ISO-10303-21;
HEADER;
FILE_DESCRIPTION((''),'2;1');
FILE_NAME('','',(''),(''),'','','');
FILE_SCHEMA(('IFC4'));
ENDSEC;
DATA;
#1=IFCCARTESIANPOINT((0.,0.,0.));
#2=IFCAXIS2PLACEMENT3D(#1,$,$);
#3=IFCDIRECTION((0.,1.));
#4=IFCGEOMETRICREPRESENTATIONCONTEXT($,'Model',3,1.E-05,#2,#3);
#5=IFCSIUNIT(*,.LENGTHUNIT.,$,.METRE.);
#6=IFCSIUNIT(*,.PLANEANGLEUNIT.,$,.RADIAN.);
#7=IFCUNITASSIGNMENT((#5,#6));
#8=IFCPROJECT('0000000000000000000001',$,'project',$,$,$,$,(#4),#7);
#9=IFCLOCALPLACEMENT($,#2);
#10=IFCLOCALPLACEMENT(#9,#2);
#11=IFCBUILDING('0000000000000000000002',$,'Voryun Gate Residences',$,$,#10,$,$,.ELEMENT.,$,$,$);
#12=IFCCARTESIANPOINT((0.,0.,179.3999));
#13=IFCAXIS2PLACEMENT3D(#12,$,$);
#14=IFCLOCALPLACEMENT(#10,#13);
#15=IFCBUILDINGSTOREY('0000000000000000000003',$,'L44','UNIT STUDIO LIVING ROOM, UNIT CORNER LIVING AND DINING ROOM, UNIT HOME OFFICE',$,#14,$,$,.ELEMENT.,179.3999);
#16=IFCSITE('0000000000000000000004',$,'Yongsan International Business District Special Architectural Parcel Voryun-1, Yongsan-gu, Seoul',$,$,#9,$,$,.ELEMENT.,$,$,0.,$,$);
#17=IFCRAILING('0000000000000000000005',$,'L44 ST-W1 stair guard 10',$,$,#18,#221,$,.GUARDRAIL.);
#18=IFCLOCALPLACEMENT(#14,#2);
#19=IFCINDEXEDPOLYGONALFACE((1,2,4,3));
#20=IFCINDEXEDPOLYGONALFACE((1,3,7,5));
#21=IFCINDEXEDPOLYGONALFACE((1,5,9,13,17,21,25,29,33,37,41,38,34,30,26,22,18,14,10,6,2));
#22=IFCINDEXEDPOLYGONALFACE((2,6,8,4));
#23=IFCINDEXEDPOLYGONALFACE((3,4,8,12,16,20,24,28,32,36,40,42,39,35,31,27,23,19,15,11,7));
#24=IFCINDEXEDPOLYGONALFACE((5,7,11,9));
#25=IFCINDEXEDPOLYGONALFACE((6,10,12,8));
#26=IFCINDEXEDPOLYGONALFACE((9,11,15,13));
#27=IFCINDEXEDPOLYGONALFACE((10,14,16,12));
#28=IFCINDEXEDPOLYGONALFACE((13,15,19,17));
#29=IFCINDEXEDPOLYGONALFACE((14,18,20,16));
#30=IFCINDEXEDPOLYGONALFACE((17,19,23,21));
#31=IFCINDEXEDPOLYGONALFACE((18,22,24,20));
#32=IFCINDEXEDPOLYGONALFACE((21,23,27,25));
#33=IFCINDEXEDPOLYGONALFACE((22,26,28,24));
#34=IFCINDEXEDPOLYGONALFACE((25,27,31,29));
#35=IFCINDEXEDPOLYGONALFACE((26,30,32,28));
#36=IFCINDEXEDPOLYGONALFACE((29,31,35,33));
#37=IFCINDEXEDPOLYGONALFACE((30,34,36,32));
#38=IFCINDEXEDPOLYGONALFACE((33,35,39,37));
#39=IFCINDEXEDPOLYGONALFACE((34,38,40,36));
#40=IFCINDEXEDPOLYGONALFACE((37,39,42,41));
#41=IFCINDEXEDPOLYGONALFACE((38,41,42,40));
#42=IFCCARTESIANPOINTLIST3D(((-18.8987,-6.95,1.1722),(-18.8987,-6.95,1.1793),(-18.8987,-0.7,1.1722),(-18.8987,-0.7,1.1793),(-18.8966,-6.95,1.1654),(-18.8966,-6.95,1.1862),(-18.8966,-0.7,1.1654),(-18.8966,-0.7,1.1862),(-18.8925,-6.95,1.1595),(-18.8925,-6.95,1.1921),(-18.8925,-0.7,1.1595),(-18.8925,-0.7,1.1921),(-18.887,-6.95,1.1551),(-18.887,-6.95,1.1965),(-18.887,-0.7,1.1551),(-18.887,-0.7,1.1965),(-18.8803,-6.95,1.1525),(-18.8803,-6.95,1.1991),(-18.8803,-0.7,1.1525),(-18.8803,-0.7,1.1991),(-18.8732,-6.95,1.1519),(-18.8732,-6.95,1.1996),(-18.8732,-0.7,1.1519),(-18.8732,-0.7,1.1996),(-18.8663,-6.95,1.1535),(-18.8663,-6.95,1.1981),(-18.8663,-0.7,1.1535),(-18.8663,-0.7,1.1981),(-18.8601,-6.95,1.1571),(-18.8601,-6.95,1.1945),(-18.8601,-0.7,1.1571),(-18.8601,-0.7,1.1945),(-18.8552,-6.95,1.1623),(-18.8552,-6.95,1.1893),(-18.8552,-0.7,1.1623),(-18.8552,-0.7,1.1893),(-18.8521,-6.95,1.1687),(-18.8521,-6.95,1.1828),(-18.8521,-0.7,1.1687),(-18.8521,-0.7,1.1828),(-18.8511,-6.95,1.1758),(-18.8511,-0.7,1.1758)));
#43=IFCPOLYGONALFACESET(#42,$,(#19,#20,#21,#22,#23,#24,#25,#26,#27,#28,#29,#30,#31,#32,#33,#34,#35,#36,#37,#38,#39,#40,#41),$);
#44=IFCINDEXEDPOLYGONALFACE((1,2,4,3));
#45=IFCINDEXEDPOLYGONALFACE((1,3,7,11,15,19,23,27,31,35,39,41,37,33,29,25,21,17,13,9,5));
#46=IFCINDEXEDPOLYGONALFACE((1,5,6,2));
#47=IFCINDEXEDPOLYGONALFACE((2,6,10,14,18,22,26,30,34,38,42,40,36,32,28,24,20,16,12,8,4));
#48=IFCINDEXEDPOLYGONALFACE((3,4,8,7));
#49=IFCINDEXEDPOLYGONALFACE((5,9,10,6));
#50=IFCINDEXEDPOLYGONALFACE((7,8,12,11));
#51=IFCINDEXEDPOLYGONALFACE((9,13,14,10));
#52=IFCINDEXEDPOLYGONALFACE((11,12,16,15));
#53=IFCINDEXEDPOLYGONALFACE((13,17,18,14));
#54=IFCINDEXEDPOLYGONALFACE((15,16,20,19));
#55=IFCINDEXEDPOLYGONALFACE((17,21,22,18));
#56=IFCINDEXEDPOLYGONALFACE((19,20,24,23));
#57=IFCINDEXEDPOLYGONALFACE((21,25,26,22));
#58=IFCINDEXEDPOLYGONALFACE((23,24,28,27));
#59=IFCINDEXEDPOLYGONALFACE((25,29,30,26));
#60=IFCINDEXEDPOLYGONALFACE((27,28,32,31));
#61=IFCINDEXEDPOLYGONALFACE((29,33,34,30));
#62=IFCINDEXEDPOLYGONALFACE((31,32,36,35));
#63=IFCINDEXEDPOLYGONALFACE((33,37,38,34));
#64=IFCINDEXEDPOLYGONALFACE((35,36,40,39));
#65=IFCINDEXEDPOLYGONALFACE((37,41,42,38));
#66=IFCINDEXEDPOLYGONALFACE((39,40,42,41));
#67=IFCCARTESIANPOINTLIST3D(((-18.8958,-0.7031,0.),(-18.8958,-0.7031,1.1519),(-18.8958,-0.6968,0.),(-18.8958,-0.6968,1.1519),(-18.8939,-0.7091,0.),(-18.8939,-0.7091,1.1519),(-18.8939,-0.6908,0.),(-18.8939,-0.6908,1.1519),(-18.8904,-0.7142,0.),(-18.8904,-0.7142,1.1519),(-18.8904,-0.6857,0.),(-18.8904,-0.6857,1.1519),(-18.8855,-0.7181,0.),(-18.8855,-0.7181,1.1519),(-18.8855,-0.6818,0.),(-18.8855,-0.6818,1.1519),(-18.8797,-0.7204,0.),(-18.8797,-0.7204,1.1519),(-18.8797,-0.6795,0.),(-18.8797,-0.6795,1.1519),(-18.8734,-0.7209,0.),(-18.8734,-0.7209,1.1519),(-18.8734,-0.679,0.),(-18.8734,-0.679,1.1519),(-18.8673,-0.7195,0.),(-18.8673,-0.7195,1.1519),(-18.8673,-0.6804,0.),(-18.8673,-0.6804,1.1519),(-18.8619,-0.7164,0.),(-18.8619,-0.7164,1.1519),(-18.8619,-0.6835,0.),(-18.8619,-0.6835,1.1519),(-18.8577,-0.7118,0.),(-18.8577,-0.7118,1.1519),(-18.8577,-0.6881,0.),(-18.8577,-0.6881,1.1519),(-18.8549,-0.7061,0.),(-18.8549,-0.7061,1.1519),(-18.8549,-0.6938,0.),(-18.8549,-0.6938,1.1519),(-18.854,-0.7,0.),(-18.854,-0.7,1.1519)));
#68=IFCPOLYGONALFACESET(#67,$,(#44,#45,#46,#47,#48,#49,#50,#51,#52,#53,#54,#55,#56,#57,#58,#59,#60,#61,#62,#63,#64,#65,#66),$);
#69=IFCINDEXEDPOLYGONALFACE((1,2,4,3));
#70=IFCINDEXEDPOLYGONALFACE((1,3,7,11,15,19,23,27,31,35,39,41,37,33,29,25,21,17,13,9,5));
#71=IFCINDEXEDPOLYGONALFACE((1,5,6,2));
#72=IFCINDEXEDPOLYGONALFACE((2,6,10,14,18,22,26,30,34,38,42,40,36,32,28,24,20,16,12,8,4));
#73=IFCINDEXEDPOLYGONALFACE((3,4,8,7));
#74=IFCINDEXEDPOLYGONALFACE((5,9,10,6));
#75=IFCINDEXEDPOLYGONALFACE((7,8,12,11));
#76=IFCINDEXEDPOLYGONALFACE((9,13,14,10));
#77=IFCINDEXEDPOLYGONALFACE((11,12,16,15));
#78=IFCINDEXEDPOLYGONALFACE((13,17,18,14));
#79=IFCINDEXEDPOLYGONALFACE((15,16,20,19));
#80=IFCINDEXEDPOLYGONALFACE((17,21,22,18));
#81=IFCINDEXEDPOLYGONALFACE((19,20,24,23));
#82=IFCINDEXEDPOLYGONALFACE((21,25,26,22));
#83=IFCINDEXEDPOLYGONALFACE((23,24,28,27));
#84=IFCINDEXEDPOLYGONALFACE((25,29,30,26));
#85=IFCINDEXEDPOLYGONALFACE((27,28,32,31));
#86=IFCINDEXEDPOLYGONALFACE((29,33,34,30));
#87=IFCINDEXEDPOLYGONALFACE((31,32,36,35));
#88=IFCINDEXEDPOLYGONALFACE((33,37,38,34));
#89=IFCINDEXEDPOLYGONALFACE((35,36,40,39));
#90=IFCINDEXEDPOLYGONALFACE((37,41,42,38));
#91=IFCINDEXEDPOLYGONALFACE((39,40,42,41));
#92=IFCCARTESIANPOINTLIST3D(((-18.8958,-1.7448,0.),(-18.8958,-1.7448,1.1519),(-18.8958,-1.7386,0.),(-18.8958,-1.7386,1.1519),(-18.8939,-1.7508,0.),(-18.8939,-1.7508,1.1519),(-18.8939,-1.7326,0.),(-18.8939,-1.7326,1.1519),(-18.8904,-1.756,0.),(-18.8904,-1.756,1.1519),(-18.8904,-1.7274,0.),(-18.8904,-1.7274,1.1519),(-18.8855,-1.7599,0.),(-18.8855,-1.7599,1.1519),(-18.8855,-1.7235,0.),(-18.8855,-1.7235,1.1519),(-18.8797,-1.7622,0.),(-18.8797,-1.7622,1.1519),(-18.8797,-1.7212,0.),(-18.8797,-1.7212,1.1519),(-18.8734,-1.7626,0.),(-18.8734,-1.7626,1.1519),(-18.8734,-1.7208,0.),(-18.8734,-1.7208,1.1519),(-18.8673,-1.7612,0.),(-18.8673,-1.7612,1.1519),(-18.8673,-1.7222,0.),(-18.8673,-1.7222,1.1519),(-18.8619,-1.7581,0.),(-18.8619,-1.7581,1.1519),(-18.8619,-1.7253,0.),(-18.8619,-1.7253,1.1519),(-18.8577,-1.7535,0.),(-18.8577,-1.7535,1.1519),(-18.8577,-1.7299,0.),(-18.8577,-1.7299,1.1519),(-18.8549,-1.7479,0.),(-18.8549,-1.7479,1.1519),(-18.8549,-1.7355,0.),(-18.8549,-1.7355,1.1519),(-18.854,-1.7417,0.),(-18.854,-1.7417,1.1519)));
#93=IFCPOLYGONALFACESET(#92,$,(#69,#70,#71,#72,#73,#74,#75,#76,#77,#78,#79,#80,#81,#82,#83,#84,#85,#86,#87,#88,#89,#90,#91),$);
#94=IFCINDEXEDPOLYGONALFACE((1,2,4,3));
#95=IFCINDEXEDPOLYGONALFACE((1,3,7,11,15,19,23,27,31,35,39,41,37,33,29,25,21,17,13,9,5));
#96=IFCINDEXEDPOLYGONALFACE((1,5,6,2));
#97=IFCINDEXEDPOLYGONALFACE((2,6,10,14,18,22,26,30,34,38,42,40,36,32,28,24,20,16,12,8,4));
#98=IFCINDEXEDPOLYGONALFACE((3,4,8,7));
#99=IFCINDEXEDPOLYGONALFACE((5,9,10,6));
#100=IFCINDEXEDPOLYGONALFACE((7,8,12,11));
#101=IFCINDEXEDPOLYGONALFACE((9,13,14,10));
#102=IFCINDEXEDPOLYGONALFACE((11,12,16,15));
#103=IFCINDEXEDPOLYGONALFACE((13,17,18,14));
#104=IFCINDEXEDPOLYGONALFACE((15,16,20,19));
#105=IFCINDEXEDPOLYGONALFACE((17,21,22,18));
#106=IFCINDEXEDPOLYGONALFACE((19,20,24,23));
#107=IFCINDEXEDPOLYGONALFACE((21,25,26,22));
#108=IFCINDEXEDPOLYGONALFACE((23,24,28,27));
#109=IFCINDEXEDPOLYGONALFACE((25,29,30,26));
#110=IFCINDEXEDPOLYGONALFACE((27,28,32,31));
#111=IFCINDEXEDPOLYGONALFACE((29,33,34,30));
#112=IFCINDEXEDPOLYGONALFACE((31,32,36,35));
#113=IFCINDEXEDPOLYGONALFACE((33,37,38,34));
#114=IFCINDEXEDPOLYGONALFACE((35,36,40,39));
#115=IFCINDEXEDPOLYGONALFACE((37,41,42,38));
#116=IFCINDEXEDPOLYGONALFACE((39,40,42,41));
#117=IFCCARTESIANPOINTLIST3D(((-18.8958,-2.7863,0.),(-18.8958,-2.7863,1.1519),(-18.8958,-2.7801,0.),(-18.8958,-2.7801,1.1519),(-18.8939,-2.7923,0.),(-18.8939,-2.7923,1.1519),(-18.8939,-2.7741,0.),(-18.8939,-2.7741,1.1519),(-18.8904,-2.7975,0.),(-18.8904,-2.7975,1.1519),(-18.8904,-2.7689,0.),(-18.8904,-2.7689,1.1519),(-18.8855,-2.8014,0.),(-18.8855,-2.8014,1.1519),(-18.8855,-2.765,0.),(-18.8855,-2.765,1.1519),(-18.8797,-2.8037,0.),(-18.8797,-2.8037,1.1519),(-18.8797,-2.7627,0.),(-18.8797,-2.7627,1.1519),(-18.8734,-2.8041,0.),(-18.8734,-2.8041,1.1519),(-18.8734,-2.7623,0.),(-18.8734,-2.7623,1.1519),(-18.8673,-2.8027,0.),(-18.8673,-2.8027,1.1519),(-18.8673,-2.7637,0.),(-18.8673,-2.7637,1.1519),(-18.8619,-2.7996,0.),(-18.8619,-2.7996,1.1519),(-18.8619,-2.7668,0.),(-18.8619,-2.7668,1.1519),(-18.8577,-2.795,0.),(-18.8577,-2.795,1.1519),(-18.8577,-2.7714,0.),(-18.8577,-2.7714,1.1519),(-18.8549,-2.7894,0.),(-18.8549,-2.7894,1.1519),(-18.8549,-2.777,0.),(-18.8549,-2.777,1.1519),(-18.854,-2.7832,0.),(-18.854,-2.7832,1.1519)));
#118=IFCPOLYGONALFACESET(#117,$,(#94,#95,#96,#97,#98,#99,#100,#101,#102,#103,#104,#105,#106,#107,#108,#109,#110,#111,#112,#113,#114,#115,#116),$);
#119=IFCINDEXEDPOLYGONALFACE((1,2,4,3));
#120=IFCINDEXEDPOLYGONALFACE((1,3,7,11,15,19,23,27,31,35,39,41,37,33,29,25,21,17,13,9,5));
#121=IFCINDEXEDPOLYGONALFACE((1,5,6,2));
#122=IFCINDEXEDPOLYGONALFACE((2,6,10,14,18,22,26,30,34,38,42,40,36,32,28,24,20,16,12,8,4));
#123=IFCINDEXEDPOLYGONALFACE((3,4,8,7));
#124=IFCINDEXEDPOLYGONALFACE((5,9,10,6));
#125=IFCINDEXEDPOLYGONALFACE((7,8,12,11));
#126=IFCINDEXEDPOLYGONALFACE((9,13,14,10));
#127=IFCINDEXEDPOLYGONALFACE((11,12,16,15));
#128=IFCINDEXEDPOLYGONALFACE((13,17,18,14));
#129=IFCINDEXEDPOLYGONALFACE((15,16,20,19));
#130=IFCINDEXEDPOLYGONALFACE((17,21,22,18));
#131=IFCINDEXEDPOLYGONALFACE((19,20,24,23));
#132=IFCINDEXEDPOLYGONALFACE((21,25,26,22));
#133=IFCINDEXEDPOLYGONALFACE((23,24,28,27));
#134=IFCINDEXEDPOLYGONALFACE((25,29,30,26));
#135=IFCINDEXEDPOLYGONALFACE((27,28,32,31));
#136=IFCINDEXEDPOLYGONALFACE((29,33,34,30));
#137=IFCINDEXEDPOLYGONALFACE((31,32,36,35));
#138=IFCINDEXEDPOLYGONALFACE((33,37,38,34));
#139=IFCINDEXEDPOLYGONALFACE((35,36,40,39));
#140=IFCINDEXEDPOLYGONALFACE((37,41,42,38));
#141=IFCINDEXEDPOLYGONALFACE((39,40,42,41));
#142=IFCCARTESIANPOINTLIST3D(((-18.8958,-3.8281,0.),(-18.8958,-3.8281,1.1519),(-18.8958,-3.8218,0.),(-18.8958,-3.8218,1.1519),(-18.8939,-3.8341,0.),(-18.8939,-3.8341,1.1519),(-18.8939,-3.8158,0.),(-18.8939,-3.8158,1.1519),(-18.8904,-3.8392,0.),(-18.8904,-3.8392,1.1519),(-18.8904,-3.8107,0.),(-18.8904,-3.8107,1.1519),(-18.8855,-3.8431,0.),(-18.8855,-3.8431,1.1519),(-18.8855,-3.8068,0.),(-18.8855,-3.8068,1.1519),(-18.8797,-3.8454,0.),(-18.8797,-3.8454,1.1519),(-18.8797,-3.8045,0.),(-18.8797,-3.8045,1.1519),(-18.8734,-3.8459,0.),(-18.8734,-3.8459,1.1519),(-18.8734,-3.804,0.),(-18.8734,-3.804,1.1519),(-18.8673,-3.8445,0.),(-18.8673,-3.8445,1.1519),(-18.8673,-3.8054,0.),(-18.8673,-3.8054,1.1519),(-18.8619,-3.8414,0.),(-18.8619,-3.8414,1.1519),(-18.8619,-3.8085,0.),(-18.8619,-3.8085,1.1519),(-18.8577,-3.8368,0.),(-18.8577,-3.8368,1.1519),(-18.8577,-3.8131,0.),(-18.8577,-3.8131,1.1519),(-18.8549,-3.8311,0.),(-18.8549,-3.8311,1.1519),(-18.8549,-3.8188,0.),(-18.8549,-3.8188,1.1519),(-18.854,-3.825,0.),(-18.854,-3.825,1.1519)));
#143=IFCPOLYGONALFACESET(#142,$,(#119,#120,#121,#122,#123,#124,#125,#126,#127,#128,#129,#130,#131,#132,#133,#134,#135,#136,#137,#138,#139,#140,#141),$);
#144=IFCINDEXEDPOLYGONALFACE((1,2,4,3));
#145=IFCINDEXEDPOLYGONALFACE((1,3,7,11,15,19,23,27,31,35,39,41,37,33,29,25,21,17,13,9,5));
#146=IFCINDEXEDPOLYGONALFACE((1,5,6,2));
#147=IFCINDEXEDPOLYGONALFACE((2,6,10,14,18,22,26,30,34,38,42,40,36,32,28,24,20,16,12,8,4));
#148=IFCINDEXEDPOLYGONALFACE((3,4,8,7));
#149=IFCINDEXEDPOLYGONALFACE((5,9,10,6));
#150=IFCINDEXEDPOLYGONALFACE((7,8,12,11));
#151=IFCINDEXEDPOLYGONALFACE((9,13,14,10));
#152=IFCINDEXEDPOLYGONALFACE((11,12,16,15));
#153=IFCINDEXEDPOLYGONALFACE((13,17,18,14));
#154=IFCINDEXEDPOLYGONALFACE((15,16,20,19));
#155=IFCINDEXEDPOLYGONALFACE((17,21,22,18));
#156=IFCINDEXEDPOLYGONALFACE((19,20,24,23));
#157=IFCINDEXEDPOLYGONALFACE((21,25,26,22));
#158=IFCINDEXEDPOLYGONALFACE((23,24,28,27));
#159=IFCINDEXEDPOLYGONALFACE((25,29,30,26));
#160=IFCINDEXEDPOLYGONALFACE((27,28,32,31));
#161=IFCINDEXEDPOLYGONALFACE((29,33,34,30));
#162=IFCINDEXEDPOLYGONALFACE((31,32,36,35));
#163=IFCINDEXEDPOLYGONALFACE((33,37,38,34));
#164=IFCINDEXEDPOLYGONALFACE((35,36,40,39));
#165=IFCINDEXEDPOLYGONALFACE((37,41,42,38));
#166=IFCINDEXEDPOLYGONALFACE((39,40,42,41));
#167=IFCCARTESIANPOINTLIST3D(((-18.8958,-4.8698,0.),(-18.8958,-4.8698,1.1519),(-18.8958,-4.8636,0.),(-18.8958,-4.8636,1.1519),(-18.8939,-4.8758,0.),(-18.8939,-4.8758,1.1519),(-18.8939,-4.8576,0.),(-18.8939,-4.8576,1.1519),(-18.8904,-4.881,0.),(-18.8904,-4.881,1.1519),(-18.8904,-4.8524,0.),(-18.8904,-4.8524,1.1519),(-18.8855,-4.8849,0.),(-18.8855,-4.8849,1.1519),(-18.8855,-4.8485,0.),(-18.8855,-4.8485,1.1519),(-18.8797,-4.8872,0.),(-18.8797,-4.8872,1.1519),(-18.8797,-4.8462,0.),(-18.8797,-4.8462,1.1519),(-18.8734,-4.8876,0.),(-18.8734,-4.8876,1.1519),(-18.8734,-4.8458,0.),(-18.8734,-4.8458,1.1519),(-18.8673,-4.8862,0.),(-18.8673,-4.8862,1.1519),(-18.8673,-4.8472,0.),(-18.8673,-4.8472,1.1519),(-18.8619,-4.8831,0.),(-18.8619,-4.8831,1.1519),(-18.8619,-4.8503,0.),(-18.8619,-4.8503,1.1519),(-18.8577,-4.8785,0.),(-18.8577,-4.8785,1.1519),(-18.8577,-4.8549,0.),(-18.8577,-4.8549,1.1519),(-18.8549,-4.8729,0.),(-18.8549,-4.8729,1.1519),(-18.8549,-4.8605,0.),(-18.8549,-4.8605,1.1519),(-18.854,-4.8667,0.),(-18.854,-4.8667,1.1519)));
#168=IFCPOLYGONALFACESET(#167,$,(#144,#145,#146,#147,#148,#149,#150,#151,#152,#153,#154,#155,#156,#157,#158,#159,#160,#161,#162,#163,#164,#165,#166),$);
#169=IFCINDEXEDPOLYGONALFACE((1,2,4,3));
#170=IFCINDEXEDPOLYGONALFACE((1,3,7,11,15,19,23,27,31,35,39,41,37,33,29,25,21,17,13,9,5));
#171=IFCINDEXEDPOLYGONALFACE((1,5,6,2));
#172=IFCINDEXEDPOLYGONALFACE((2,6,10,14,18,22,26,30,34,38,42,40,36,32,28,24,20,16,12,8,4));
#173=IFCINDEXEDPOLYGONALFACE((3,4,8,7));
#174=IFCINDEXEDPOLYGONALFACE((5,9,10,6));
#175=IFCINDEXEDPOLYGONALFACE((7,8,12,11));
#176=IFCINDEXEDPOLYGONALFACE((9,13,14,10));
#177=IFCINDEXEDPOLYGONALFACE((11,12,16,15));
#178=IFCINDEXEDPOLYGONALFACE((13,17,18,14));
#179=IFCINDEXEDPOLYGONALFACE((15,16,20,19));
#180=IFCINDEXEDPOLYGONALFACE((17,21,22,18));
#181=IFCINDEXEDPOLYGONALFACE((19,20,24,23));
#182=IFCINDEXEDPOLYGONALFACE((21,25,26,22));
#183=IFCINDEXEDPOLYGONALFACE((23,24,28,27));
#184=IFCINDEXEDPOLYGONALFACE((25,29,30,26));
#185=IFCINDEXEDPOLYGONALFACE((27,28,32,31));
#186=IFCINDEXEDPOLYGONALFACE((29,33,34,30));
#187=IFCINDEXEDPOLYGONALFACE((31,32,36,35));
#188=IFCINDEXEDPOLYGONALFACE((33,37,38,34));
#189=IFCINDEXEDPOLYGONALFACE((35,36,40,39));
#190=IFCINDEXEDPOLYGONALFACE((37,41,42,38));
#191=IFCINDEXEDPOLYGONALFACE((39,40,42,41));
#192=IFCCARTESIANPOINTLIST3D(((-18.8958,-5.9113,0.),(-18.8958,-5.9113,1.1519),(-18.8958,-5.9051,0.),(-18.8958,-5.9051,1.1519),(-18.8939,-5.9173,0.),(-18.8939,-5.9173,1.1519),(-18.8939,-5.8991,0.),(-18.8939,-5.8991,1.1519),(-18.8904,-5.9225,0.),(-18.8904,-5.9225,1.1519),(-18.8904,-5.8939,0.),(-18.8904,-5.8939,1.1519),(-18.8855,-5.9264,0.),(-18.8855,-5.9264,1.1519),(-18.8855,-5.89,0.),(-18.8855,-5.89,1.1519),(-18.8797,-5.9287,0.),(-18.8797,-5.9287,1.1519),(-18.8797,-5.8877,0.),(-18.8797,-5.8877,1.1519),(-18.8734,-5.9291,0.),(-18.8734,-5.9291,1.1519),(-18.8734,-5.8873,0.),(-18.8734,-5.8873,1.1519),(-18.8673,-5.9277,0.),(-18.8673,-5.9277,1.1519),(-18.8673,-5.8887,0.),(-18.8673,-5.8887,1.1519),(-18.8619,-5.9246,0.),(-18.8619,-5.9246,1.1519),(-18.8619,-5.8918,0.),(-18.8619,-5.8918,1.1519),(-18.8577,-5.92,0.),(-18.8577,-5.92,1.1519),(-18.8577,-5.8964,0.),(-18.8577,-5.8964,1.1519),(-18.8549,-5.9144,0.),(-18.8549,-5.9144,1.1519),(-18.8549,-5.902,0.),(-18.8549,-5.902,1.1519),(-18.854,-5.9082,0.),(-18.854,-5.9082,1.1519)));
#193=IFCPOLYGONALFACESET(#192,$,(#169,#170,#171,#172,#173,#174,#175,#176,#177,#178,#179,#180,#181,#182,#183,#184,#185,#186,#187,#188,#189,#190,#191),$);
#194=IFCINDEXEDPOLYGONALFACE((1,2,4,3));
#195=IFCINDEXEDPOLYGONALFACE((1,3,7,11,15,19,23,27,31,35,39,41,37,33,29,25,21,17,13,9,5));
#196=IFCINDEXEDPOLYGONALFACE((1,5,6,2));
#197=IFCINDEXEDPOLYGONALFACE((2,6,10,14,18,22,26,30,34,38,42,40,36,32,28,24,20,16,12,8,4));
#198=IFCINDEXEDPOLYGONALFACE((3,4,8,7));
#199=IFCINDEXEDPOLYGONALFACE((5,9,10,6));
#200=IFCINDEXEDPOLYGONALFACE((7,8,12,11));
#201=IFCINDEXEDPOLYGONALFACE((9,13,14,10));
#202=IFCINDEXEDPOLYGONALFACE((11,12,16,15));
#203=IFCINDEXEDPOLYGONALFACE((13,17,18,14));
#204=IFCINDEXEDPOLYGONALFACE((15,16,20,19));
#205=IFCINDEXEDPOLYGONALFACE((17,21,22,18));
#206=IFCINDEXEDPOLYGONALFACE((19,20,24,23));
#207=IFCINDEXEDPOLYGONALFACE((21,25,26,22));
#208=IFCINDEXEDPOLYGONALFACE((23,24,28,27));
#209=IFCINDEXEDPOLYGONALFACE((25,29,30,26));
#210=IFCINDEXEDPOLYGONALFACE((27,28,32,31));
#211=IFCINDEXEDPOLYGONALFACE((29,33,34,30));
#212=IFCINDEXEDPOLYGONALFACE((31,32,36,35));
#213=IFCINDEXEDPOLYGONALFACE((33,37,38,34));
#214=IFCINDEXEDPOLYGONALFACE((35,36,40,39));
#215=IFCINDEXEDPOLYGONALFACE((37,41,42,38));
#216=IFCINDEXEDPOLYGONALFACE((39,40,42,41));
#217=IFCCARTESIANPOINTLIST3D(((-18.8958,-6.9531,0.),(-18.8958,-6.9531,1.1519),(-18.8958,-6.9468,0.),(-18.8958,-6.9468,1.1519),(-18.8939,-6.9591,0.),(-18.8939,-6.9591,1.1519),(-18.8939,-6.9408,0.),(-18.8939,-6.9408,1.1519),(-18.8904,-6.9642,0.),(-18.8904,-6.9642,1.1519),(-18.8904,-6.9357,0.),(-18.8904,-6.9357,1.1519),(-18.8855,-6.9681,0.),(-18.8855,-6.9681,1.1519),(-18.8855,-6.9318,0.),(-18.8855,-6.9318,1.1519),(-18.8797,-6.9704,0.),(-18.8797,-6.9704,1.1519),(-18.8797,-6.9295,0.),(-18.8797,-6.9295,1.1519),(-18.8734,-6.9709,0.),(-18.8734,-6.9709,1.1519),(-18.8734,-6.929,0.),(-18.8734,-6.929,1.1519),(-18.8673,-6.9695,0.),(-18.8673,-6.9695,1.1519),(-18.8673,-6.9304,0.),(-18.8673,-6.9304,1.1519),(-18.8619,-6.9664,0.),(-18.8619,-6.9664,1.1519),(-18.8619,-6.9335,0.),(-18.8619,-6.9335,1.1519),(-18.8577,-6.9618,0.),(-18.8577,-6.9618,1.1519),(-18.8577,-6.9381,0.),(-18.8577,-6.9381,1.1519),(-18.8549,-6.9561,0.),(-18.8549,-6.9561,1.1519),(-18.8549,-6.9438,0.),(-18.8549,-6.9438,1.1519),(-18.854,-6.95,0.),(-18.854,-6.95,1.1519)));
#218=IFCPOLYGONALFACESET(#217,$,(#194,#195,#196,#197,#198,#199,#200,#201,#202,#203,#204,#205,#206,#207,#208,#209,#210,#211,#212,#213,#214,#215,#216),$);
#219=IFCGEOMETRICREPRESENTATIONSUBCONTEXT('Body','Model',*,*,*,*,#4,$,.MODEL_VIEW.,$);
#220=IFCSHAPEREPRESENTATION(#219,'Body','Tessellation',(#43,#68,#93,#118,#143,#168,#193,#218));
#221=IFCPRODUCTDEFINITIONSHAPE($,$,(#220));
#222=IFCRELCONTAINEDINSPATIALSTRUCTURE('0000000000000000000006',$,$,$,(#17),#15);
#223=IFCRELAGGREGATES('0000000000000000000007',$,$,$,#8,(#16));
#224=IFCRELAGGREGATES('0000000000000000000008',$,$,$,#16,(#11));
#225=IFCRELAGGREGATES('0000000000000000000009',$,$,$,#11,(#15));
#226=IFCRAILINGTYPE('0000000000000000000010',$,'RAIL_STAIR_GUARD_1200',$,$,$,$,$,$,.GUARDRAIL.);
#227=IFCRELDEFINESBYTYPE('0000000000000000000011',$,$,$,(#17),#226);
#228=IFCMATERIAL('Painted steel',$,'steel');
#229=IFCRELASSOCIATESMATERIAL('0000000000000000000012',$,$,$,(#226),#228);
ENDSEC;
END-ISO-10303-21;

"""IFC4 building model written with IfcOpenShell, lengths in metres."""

from ifc_helpers import new_model, si_unit, direction, frame, origin, origin_2d, place, context, subcontext, project, spatial, circle, extrude, material, type_object, element, save


model = new_model("IFC4")

# Units and contexts
model_context = context("Model", 3, precision=1e-05, world=origin(), true_north=direction((0.0, 1.0)))
body_context = subcontext(model_context, "Body", "Model", "MODEL_VIEW")
ifc_project = project(units=[si_unit("LENGTHUNIT", "METRE"), si_unit("PLANEANGLEUNIT", "RADIAN")], contexts=[model_context])

# Site, building, storey
site_placement = place(None, origin())
site = spatial("IfcSite", under=ifc_project, at=site_placement, Name="Yongsan International Business District Special Architectural Parcel Voryun-1, Yongsan-gu, Seoul", CompositionType="ELEMENT", RefElevation=0.0)
building_placement = place(site_placement, origin())
building = spatial("IfcBuilding", under=site, at=building_placement, Name="Voryun Gate Residences", CompositionType="ELEMENT")
storey_placement = place(building_placement, frame((0.0, 0.0, 179.3999)))
storey = spatial("IfcBuildingStorey", under=building, at=storey_placement, Name="L44", Description="UNIT STUDIO LIVING ROOM, UNIT CORNER LIVING AND DINING ROOM, UNIT HOME OFFICE", CompositionType="ELEMENT", Elevation=179.3999)

# Railing
ifc_material_1 = material(Name="Painted steel", Category="steel")
railing_type = type_object("IfcRailingType", Name="RAIL_STAIR_GUARD_1200", PredefinedType="GUARDRAIL", material=ifc_material_1)
railing_1_placement = place(storey_placement, frame((-18.875, -0.7, 0.0)))
element("IfcRailing", 1, at=railing_1_placement, inside=storey, type_object=railing_type, Name="L44 ST-W1 stair guard 10", PredefinedType="GUARDRAIL", context=body_context, shape_type="SweptSolid", body=[
    extrude(circle(Radius=0.0239, at=origin_2d()), frame((0.0, 0.0, 1.1758), z_axis=(0.0, -1.0, 0.0), x_axis=(1.0, 0.0, 0.0)), (0.0, 0.0, 1.0), 6.25),
    extrude(circle(Radius=0.021, at=origin_2d()), origin(), (0.0, 0.0, 1.0), 1.1519),
    extrude(circle(Radius=0.021, at=origin_2d()), frame((0.0, -1.0417, 0.0)), (0.0, 0.0, 1.0), 1.1519),
    extrude(circle(Radius=0.021, at=origin_2d()), frame((0.0, -2.0833, 0.0)), (0.0, 0.0, 1.0), 1.1519),
    extrude(circle(Radius=0.021, at=origin_2d()), frame((0.0, -3.125, 0.0)), (0.0, 0.0, 1.0), 1.1519),
    extrude(circle(Radius=0.021, at=origin_2d()), frame((0.0, -4.1667, 0.0)), (0.0, 0.0, 1.0), 1.1519),
    extrude(circle(Radius=0.021, at=origin_2d()), frame((0.0, -5.2083, 0.0)), (0.0, 0.0, 1.0), 1.1519),
    extrude(circle(Radius=0.021, at=origin_2d()), frame((0.0, -6.25, 0.0)), (0.0, 0.0, 1.0), 1.1519),
])

save(model, "model.ifc")
